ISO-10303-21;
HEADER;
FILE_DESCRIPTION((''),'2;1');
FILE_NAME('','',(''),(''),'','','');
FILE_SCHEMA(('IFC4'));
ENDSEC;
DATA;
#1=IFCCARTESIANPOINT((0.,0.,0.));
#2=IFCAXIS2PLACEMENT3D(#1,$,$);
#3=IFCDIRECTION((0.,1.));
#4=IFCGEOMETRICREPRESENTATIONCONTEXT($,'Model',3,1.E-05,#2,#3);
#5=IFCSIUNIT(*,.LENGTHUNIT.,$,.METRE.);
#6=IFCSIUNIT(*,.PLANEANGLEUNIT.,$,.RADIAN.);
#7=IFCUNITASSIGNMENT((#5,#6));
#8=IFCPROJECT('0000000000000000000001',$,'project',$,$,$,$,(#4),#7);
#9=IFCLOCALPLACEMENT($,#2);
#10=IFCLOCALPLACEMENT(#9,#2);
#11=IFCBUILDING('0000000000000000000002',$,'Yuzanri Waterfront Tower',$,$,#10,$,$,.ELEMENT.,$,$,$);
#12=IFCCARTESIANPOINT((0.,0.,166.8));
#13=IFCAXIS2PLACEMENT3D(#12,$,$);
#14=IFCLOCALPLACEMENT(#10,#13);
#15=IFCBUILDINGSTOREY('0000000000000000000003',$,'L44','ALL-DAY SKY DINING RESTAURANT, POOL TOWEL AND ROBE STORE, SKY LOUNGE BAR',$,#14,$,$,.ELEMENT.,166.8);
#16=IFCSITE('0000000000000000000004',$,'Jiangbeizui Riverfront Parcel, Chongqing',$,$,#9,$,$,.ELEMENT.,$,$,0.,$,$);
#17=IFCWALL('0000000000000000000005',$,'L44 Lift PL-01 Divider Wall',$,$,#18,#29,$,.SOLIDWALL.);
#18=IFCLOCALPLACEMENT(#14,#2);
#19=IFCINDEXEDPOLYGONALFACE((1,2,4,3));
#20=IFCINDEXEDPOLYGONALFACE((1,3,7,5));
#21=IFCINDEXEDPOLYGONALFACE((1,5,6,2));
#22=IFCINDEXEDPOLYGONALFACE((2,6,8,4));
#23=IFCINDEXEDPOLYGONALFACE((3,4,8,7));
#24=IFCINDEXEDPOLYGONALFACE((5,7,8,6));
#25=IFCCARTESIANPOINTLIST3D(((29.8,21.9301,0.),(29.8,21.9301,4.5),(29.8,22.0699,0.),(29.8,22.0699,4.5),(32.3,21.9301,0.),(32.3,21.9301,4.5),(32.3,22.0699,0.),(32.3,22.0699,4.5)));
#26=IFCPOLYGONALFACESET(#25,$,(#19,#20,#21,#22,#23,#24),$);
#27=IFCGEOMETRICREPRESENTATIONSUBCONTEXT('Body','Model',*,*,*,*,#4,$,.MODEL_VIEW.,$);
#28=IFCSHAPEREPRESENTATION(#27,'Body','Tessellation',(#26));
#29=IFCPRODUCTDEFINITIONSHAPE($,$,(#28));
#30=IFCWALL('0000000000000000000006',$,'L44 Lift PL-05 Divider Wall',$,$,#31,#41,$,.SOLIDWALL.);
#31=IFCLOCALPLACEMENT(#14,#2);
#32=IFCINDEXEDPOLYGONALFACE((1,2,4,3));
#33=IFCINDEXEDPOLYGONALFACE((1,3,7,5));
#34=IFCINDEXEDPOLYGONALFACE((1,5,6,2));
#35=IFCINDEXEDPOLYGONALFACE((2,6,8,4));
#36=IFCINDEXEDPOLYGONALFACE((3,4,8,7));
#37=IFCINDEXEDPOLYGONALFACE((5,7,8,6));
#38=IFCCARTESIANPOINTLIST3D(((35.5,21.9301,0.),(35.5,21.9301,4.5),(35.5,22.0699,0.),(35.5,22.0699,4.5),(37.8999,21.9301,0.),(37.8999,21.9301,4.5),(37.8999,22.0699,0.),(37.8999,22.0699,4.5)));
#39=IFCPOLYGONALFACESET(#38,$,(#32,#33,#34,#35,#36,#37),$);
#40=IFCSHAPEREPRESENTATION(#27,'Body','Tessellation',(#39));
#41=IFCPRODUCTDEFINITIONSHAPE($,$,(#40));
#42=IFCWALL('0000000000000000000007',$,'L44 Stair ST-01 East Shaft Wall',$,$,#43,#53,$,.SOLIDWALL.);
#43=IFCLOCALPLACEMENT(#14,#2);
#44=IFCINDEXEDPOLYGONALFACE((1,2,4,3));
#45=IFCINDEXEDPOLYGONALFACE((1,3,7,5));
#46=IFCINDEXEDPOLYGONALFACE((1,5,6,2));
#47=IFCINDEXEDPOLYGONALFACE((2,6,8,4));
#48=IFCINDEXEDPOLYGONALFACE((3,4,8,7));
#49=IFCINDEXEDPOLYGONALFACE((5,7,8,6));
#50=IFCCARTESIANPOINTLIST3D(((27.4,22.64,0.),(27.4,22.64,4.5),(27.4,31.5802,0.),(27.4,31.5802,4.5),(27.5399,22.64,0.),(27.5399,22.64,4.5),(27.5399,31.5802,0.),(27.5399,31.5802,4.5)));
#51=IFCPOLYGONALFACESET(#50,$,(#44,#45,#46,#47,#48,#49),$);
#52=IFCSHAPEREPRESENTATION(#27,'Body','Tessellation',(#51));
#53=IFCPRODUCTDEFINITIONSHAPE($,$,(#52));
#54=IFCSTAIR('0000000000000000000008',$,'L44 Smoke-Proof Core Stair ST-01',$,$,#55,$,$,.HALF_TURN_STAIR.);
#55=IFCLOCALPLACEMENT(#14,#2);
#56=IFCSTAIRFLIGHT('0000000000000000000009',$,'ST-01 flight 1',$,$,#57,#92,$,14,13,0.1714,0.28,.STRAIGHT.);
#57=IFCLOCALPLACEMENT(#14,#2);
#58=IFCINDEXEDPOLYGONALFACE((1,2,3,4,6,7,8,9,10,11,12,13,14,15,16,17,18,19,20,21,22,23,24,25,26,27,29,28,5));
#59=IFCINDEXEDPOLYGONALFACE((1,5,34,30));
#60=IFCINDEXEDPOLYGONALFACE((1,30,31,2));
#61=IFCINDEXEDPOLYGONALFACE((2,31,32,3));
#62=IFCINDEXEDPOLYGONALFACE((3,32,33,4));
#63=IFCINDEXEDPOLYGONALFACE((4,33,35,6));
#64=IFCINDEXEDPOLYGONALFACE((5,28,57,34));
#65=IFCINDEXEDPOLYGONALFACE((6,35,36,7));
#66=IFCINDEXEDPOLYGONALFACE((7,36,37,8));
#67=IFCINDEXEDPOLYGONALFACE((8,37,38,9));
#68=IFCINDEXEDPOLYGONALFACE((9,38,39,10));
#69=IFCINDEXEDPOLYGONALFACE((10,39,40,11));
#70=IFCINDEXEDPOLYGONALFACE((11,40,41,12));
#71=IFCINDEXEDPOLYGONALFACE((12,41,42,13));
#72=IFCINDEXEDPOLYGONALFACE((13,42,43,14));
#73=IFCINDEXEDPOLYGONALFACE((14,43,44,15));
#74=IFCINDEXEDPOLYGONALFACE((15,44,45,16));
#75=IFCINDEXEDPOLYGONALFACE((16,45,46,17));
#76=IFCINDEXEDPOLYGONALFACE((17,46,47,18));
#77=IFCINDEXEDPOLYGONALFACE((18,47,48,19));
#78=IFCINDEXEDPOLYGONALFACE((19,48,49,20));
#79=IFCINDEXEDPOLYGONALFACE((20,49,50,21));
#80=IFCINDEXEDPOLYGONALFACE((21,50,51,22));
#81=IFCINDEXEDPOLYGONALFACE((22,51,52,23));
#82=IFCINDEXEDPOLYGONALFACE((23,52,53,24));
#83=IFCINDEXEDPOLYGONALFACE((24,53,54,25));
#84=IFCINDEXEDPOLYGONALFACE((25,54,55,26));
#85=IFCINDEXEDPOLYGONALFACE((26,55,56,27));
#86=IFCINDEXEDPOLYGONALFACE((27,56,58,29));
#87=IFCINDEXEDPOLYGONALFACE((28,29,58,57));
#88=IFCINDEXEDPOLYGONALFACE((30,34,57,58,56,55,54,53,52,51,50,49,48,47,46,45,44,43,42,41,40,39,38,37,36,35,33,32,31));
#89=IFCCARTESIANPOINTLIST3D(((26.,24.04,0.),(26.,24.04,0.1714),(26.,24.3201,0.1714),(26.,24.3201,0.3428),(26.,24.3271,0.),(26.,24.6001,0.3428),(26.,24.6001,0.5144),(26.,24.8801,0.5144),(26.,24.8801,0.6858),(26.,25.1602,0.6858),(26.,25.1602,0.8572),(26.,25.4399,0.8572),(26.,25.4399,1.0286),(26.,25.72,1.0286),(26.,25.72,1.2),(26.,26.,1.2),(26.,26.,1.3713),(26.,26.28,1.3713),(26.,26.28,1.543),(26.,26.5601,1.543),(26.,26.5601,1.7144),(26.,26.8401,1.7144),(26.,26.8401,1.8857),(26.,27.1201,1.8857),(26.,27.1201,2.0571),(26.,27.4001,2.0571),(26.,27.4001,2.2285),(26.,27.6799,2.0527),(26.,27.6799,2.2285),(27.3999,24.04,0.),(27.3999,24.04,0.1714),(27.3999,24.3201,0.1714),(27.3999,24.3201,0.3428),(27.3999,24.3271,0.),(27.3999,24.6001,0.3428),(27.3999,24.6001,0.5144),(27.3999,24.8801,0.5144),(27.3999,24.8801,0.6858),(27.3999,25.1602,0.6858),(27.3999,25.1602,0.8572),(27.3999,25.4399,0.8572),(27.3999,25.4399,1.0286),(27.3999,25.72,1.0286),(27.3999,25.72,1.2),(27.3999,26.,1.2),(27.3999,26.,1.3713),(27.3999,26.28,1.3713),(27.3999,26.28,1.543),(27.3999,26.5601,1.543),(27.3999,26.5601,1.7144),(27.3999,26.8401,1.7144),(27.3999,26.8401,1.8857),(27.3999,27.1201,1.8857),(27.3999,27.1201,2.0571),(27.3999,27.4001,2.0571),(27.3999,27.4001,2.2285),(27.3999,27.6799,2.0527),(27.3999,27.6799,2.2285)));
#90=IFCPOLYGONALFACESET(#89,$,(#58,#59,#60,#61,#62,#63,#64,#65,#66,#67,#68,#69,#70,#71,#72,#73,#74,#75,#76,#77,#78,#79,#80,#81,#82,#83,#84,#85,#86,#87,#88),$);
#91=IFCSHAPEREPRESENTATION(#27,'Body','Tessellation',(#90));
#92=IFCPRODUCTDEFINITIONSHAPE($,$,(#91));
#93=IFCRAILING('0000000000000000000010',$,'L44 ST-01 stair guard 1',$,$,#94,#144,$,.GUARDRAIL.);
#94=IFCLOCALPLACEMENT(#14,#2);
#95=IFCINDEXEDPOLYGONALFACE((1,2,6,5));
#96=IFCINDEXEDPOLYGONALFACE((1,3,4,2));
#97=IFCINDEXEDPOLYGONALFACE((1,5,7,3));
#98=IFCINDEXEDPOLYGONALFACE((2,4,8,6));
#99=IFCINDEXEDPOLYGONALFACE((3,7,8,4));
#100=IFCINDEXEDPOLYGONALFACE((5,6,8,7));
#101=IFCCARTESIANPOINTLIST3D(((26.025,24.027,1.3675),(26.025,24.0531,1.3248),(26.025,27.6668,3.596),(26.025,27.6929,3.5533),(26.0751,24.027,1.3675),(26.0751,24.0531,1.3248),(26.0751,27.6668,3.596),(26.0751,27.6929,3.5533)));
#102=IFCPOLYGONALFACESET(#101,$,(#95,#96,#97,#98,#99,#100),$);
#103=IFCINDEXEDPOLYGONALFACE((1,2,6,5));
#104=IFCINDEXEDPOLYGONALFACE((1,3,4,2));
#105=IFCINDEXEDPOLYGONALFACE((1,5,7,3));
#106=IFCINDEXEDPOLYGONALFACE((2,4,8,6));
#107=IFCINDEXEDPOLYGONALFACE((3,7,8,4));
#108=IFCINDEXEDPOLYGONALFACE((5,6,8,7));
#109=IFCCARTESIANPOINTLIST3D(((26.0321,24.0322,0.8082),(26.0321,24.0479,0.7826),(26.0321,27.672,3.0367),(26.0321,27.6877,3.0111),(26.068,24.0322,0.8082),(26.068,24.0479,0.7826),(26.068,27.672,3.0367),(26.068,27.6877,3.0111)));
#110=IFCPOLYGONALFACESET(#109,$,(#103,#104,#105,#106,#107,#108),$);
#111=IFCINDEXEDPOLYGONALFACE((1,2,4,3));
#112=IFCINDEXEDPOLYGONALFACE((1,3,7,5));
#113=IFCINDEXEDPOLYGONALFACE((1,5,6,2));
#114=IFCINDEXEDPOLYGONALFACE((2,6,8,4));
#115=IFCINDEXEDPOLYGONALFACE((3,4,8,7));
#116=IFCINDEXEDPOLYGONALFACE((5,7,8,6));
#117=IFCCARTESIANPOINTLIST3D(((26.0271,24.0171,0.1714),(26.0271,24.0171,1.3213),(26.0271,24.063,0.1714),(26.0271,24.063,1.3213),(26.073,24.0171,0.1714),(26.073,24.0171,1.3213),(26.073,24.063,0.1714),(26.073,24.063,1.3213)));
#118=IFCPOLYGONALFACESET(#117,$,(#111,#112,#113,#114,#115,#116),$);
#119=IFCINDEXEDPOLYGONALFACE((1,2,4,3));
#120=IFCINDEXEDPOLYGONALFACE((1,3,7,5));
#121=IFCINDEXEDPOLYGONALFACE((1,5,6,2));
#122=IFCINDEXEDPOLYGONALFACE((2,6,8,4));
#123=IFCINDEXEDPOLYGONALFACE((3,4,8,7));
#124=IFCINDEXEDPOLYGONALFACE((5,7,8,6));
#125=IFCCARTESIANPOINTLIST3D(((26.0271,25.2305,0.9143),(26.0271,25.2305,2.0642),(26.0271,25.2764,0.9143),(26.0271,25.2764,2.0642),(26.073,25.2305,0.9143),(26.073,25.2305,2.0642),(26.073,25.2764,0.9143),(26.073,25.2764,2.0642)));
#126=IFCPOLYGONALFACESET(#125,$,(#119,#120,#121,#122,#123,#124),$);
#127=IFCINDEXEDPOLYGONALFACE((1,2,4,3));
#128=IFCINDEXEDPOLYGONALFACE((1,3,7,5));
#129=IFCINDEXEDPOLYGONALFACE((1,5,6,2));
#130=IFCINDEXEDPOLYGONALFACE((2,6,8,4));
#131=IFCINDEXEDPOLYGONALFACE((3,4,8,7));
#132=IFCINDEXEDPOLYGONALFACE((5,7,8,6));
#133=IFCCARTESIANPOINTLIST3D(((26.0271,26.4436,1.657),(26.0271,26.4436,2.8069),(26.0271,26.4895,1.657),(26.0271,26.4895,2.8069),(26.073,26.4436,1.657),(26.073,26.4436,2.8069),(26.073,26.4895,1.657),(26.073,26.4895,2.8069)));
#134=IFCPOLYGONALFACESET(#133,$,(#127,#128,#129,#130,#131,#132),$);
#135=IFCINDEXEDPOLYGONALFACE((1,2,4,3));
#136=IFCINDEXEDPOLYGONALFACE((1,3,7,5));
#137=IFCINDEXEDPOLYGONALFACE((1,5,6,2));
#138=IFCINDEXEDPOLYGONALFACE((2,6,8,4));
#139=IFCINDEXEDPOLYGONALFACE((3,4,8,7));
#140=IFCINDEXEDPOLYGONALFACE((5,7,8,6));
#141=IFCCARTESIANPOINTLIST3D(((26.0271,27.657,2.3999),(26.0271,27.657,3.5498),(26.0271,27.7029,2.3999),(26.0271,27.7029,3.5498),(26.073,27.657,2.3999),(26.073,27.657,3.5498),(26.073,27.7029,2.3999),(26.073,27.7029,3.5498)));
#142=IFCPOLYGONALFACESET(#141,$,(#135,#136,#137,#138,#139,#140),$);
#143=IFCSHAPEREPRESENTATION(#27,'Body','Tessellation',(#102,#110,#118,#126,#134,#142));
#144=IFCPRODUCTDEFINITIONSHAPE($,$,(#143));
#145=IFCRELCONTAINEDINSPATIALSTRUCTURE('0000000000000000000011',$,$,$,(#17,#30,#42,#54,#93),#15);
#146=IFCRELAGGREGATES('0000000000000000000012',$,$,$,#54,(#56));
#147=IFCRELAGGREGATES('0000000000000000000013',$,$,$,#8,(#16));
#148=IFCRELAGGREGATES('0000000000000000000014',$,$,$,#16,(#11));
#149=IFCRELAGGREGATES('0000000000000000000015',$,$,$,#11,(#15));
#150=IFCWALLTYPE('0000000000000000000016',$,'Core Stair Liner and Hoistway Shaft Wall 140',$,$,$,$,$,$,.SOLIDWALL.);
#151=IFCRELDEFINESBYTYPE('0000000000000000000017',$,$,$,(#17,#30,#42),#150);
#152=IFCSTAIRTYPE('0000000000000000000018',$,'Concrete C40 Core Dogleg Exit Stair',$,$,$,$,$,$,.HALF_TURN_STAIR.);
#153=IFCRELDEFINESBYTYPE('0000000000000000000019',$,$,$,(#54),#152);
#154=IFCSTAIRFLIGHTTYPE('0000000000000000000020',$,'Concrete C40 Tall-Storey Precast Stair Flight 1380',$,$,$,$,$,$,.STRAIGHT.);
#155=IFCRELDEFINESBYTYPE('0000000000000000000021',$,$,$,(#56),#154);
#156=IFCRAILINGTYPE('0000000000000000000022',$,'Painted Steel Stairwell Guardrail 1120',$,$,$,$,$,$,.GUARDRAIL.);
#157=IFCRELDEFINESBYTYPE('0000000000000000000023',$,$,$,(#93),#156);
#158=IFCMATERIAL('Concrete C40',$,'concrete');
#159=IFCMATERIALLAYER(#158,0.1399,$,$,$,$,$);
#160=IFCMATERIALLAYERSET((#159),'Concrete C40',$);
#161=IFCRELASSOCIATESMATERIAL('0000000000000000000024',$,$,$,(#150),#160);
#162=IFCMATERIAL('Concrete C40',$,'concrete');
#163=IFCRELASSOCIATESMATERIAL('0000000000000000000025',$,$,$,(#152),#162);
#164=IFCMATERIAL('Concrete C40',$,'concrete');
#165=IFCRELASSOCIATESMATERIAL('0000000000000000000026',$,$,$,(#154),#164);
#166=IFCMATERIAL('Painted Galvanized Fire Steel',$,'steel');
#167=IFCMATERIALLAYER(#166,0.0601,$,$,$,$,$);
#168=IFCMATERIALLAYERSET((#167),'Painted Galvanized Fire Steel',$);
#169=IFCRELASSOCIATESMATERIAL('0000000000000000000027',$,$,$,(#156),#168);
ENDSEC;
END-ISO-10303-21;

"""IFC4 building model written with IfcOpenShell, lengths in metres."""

from ifc_helpers import new_model, si_unit, direction, frame, frame_2d, origin, origin_2d, place, context, subcontext, project, spatial, polyline, rectangle, outline, extrude, source, transform, mapped, material, layer, layer_set, type_object, element, aggregate, save


model = new_model("IFC4")

# Units and contexts
model_context = context("Model", 3, precision=1e-05, world=origin(), true_north=direction((0.0, 1.0)))
body_context = subcontext(model_context, "Body", "Model", "MODEL_VIEW")
ifc_project = project(units=[si_unit("LENGTHUNIT", "METRE"), si_unit("PLANEANGLEUNIT", "RADIAN")], contexts=[model_context])

# Site, building, storey
site_placement = place(None, origin())
site = spatial("IfcSite", under=ifc_project, at=site_placement, Name="Jiangbeizui Riverfront Parcel, Chongqing", CompositionType="ELEMENT", RefElevation=0.0)
building_placement = place(site_placement, origin())
building = spatial("IfcBuilding", under=site, at=building_placement, Name="Yuzanri Waterfront Tower", CompositionType="ELEMENT")
storey_placement = place(building_placement, frame((0.0, 0.0, 166.8)))
storey = spatial("IfcBuildingStorey", under=building, at=storey_placement, Name="L44", Description="ALL-DAY SKY DINING RESTAURANT, POOL TOWEL AND ROBE STORE, SKY LOUNGE BAR", CompositionType="ELEMENT", Elevation=166.8)

# Shared definitions
ifc_material_1 = material(Name="Concrete C40", Category="concrete")
ifc_layer_1 = layer(ifc_material_1, 0.1399)
ifc_layer_set_1 = layer_set([ifc_layer_1], Name="Concrete C40")
wall_type_1 = type_object("IfcWallType", Name="Core Stair Liner and Hoistway Shaft Wall 140", PredefinedType="SOLIDWALL", material=ifc_layer_set_1)

# Walls
shared_shape_1 = source(origin(), body_context, "Body", "SweptSolid", [
    extrude(rectangle(XDim=2.5, YDim=0.1399, at=frame_2d((1.25, 0.0))), origin(), (0.0, 0.0, 1.0), 4.5),
])
wall_1_placement = place(storey_placement, frame((29.8, 22.0, 0.0), z_axis=(0.0, 0.0, 1.0), x_axis=(1.0, 0.0, 0.0)))
element("IfcWall", 1, at=wall_1_placement, inside=storey, type_object=wall_type_1, Name="L44 Lift PL-01 Divider Wall", PredefinedType="SOLIDWALL", context=body_context, shape_type="MappedRepresentation", body=[
    mapped(shared_shape_1, transform((0.0, 0.0, 0.0), scale=1.0)),
])
shared_shape_2 = source(origin(), body_context, "Body", "SweptSolid", [
    extrude(rectangle(XDim=2.3999, YDim=0.1399, at=frame_2d((1.2, 0.0))), origin(), (0.0, 0.0, 1.0), 4.5),
])
wall_2_placement = place(storey_placement, frame((35.5, 22.0, 0.0), z_axis=(0.0, 0.0, 1.0), x_axis=(1.0, 0.0, 0.0)))
element("IfcWall", 2, at=wall_2_placement, inside=storey, type_object=wall_type_1, Name="L44 Lift PL-05 Divider Wall", PredefinedType="SOLIDWALL", context=body_context, shape_type="MappedRepresentation", body=[
    mapped(shared_shape_2, transform((0.0, 0.0, 0.0), scale=1.0)),
])
shared_shape_3 = source(origin(), body_context, "Body", "SweptSolid", [
    extrude(rectangle(XDim=8.9402, YDim=0.1399, at=frame_2d((4.4702, 0.0))), origin(), (0.0, 0.0, 1.0), 4.5),
])
wall_3_placement = place(storey_placement, frame((27.47, 22.6399, 0.0), z_axis=(0.0, 0.0, 1.0), x_axis=(0.0, 1.0, 0.0)))
element("IfcWall", 3, at=wall_3_placement, inside=storey, type_object=wall_type_1, Name="L44 Stair ST-01 East Shaft Wall", PredefinedType="SOLIDWALL", context=body_context, shape_type="MappedRepresentation", body=[
    mapped(shared_shape_3, transform((0.0, 0.0, 0.0), scale=1.0)),
])

# Stair, stair flight
ifc_material_2 = material(Name="Concrete C40", Category="concrete")
stair_type = type_object("IfcStairType", Name="Concrete C40 Core Dogleg Exit Stair", PredefinedType="HALF_TURN_STAIR", material=ifc_material_2)
stair_placement = place(storey_placement, origin())
stair = element("IfcStair", 4, at=stair_placement, inside=storey, type_object=stair_type, Name="L44 Smoke-Proof Core Stair ST-01", PredefinedType="HALF_TURN_STAIR")
ifc_material_3 = material(Name="Concrete C40", Category="concrete")
stair_flight_type = type_object("IfcStairFlightType", Name="Concrete C40 Tall-Storey Precast Stair Flight 1380", PredefinedType="STRAIGHT", material=ifc_material_3)
shared_shape_4 = source(origin(), body_context, "Body", "SweptSolid", [
    extrude(outline(polyline([(0.0, 0.0), (0.0, 0.1714), (0.28, 0.1714), (0.28, 0.3428), (0.5601, 0.3428), (0.5601, 0.5144), (0.8401, 0.5144), (0.8401, 0.6858), (1.1201, 0.6858), (1.1201, 0.8572), (1.3999, 0.8572), (1.3999, 1.0286), (1.6799, 1.0286), (1.6799, 1.2), (1.96, 1.2), (1.96, 1.3713), (2.24, 1.3713), (2.24, 1.543), (2.52, 1.543), (2.52, 1.7144), (2.8, 1.7144), (2.8, 1.8857), (3.0801, 1.8857), (3.0801, 2.0571), (3.3601, 2.0571), (3.3601, 2.2285), (3.6399, 2.2285), (3.6399, 2.3999), (3.6399, 2.0527), (0.2871, 0.0), (0.0, 0.0)])), frame((0.0, 0.7, 0.0), z_axis=(0.0, -1.0, 0.0), x_axis=(1.0, 0.0, 0.0)), (0.0, 0.0, 1.0), 1.3999),
])
stair_flight_placement = place(storey_placement, frame((26.7, 24.04, 0.0), z_axis=(0.0, 0.0, 1.0), x_axis=(0.0, 1.0, 0.0)))
stair_flight = element("IfcStairFlight", 5, at=stair_flight_placement, type_object=stair_flight_type, Name="ST-01 flight 1", NumberOfRisers=14, NumberOfTreads=13, PredefinedType="STRAIGHT", RiserHeight=0.1714, TreadLength=0.28, context=body_context, shape_type="MappedRepresentation", body=[
    mapped(shared_shape_4, transform((0.0, 0.0, 0.0), scale=1.0)),
])
aggregate(stair, [stair_flight])

# Railing
ifc_material_4 = material(Name="Painted Galvanized Fire Steel", Category="steel")
ifc_layer_2 = layer(ifc_material_4, 0.0601)
ifc_layer_set_2 = layer_set([ifc_layer_2], Name="Painted Galvanized Fire Steel")
railing_type = type_object("IfcRailingType", Name="Painted Steel Stairwell Guardrail 1120", PredefinedType="GUARDRAIL", material=ifc_layer_set_2)
shared_shape_5 = source(origin(), body_context, "Body", "SweptSolid", [
    extrude(rectangle(XDim=0.05, YDim=0.05, at=origin_2d()), frame((0.0, 0.0, 1.1748), z_axis=(0.0, 0.85285, 0.522156), x_axis=(-1.0, 0.0, 0.0)), (0.0, 0.0, 1.0), 4.2678),
    extrude(rectangle(XDim=0.0359, YDim=0.03, at=origin_2d()), frame((0.0, 0.0, 0.624), z_axis=(0.0, 0.85285, 0.522156), x_axis=(-1.0, 0.0, 0.0)), (0.0, 0.0, 1.0), 4.2678),
    extrude(rectangle(XDim=0.0459, YDim=0.0459, at=origin_2d()), origin(), (0.0, 0.0, 1.0), 1.1499),
    extrude(rectangle(XDim=0.0459, YDim=0.0459, at=origin_2d()), frame((0.0, 1.2134, 0.7429)), (0.0, 0.0, 1.0), 1.1499),
    extrude(rectangle(XDim=0.0459, YDim=0.0459, at=origin_2d()), frame((0.0, 2.4265, 1.4856)), (0.0, 0.0, 1.0), 1.1499),
    extrude(rectangle(XDim=0.0459, YDim=0.0459, at=origin_2d()), frame((0.0, 3.6399, 2.2285)), (0.0, 0.0, 1.0), 1.1499),
])
railing_placement = place(storey_placement, frame((26.05, 24.04, 0.1714)))
element("IfcRailing", 6, at=railing_placement, inside=storey, type_object=railing_type, Name="L44 ST-01 stair guard 1", PredefinedType="GUARDRAIL", context=body_context, shape_type="MappedRepresentation", body=[
    mapped(shared_shape_5, transform((0.0, 0.0, 0.0), scale=1.0)),
])

save(model, "model.ifc")
